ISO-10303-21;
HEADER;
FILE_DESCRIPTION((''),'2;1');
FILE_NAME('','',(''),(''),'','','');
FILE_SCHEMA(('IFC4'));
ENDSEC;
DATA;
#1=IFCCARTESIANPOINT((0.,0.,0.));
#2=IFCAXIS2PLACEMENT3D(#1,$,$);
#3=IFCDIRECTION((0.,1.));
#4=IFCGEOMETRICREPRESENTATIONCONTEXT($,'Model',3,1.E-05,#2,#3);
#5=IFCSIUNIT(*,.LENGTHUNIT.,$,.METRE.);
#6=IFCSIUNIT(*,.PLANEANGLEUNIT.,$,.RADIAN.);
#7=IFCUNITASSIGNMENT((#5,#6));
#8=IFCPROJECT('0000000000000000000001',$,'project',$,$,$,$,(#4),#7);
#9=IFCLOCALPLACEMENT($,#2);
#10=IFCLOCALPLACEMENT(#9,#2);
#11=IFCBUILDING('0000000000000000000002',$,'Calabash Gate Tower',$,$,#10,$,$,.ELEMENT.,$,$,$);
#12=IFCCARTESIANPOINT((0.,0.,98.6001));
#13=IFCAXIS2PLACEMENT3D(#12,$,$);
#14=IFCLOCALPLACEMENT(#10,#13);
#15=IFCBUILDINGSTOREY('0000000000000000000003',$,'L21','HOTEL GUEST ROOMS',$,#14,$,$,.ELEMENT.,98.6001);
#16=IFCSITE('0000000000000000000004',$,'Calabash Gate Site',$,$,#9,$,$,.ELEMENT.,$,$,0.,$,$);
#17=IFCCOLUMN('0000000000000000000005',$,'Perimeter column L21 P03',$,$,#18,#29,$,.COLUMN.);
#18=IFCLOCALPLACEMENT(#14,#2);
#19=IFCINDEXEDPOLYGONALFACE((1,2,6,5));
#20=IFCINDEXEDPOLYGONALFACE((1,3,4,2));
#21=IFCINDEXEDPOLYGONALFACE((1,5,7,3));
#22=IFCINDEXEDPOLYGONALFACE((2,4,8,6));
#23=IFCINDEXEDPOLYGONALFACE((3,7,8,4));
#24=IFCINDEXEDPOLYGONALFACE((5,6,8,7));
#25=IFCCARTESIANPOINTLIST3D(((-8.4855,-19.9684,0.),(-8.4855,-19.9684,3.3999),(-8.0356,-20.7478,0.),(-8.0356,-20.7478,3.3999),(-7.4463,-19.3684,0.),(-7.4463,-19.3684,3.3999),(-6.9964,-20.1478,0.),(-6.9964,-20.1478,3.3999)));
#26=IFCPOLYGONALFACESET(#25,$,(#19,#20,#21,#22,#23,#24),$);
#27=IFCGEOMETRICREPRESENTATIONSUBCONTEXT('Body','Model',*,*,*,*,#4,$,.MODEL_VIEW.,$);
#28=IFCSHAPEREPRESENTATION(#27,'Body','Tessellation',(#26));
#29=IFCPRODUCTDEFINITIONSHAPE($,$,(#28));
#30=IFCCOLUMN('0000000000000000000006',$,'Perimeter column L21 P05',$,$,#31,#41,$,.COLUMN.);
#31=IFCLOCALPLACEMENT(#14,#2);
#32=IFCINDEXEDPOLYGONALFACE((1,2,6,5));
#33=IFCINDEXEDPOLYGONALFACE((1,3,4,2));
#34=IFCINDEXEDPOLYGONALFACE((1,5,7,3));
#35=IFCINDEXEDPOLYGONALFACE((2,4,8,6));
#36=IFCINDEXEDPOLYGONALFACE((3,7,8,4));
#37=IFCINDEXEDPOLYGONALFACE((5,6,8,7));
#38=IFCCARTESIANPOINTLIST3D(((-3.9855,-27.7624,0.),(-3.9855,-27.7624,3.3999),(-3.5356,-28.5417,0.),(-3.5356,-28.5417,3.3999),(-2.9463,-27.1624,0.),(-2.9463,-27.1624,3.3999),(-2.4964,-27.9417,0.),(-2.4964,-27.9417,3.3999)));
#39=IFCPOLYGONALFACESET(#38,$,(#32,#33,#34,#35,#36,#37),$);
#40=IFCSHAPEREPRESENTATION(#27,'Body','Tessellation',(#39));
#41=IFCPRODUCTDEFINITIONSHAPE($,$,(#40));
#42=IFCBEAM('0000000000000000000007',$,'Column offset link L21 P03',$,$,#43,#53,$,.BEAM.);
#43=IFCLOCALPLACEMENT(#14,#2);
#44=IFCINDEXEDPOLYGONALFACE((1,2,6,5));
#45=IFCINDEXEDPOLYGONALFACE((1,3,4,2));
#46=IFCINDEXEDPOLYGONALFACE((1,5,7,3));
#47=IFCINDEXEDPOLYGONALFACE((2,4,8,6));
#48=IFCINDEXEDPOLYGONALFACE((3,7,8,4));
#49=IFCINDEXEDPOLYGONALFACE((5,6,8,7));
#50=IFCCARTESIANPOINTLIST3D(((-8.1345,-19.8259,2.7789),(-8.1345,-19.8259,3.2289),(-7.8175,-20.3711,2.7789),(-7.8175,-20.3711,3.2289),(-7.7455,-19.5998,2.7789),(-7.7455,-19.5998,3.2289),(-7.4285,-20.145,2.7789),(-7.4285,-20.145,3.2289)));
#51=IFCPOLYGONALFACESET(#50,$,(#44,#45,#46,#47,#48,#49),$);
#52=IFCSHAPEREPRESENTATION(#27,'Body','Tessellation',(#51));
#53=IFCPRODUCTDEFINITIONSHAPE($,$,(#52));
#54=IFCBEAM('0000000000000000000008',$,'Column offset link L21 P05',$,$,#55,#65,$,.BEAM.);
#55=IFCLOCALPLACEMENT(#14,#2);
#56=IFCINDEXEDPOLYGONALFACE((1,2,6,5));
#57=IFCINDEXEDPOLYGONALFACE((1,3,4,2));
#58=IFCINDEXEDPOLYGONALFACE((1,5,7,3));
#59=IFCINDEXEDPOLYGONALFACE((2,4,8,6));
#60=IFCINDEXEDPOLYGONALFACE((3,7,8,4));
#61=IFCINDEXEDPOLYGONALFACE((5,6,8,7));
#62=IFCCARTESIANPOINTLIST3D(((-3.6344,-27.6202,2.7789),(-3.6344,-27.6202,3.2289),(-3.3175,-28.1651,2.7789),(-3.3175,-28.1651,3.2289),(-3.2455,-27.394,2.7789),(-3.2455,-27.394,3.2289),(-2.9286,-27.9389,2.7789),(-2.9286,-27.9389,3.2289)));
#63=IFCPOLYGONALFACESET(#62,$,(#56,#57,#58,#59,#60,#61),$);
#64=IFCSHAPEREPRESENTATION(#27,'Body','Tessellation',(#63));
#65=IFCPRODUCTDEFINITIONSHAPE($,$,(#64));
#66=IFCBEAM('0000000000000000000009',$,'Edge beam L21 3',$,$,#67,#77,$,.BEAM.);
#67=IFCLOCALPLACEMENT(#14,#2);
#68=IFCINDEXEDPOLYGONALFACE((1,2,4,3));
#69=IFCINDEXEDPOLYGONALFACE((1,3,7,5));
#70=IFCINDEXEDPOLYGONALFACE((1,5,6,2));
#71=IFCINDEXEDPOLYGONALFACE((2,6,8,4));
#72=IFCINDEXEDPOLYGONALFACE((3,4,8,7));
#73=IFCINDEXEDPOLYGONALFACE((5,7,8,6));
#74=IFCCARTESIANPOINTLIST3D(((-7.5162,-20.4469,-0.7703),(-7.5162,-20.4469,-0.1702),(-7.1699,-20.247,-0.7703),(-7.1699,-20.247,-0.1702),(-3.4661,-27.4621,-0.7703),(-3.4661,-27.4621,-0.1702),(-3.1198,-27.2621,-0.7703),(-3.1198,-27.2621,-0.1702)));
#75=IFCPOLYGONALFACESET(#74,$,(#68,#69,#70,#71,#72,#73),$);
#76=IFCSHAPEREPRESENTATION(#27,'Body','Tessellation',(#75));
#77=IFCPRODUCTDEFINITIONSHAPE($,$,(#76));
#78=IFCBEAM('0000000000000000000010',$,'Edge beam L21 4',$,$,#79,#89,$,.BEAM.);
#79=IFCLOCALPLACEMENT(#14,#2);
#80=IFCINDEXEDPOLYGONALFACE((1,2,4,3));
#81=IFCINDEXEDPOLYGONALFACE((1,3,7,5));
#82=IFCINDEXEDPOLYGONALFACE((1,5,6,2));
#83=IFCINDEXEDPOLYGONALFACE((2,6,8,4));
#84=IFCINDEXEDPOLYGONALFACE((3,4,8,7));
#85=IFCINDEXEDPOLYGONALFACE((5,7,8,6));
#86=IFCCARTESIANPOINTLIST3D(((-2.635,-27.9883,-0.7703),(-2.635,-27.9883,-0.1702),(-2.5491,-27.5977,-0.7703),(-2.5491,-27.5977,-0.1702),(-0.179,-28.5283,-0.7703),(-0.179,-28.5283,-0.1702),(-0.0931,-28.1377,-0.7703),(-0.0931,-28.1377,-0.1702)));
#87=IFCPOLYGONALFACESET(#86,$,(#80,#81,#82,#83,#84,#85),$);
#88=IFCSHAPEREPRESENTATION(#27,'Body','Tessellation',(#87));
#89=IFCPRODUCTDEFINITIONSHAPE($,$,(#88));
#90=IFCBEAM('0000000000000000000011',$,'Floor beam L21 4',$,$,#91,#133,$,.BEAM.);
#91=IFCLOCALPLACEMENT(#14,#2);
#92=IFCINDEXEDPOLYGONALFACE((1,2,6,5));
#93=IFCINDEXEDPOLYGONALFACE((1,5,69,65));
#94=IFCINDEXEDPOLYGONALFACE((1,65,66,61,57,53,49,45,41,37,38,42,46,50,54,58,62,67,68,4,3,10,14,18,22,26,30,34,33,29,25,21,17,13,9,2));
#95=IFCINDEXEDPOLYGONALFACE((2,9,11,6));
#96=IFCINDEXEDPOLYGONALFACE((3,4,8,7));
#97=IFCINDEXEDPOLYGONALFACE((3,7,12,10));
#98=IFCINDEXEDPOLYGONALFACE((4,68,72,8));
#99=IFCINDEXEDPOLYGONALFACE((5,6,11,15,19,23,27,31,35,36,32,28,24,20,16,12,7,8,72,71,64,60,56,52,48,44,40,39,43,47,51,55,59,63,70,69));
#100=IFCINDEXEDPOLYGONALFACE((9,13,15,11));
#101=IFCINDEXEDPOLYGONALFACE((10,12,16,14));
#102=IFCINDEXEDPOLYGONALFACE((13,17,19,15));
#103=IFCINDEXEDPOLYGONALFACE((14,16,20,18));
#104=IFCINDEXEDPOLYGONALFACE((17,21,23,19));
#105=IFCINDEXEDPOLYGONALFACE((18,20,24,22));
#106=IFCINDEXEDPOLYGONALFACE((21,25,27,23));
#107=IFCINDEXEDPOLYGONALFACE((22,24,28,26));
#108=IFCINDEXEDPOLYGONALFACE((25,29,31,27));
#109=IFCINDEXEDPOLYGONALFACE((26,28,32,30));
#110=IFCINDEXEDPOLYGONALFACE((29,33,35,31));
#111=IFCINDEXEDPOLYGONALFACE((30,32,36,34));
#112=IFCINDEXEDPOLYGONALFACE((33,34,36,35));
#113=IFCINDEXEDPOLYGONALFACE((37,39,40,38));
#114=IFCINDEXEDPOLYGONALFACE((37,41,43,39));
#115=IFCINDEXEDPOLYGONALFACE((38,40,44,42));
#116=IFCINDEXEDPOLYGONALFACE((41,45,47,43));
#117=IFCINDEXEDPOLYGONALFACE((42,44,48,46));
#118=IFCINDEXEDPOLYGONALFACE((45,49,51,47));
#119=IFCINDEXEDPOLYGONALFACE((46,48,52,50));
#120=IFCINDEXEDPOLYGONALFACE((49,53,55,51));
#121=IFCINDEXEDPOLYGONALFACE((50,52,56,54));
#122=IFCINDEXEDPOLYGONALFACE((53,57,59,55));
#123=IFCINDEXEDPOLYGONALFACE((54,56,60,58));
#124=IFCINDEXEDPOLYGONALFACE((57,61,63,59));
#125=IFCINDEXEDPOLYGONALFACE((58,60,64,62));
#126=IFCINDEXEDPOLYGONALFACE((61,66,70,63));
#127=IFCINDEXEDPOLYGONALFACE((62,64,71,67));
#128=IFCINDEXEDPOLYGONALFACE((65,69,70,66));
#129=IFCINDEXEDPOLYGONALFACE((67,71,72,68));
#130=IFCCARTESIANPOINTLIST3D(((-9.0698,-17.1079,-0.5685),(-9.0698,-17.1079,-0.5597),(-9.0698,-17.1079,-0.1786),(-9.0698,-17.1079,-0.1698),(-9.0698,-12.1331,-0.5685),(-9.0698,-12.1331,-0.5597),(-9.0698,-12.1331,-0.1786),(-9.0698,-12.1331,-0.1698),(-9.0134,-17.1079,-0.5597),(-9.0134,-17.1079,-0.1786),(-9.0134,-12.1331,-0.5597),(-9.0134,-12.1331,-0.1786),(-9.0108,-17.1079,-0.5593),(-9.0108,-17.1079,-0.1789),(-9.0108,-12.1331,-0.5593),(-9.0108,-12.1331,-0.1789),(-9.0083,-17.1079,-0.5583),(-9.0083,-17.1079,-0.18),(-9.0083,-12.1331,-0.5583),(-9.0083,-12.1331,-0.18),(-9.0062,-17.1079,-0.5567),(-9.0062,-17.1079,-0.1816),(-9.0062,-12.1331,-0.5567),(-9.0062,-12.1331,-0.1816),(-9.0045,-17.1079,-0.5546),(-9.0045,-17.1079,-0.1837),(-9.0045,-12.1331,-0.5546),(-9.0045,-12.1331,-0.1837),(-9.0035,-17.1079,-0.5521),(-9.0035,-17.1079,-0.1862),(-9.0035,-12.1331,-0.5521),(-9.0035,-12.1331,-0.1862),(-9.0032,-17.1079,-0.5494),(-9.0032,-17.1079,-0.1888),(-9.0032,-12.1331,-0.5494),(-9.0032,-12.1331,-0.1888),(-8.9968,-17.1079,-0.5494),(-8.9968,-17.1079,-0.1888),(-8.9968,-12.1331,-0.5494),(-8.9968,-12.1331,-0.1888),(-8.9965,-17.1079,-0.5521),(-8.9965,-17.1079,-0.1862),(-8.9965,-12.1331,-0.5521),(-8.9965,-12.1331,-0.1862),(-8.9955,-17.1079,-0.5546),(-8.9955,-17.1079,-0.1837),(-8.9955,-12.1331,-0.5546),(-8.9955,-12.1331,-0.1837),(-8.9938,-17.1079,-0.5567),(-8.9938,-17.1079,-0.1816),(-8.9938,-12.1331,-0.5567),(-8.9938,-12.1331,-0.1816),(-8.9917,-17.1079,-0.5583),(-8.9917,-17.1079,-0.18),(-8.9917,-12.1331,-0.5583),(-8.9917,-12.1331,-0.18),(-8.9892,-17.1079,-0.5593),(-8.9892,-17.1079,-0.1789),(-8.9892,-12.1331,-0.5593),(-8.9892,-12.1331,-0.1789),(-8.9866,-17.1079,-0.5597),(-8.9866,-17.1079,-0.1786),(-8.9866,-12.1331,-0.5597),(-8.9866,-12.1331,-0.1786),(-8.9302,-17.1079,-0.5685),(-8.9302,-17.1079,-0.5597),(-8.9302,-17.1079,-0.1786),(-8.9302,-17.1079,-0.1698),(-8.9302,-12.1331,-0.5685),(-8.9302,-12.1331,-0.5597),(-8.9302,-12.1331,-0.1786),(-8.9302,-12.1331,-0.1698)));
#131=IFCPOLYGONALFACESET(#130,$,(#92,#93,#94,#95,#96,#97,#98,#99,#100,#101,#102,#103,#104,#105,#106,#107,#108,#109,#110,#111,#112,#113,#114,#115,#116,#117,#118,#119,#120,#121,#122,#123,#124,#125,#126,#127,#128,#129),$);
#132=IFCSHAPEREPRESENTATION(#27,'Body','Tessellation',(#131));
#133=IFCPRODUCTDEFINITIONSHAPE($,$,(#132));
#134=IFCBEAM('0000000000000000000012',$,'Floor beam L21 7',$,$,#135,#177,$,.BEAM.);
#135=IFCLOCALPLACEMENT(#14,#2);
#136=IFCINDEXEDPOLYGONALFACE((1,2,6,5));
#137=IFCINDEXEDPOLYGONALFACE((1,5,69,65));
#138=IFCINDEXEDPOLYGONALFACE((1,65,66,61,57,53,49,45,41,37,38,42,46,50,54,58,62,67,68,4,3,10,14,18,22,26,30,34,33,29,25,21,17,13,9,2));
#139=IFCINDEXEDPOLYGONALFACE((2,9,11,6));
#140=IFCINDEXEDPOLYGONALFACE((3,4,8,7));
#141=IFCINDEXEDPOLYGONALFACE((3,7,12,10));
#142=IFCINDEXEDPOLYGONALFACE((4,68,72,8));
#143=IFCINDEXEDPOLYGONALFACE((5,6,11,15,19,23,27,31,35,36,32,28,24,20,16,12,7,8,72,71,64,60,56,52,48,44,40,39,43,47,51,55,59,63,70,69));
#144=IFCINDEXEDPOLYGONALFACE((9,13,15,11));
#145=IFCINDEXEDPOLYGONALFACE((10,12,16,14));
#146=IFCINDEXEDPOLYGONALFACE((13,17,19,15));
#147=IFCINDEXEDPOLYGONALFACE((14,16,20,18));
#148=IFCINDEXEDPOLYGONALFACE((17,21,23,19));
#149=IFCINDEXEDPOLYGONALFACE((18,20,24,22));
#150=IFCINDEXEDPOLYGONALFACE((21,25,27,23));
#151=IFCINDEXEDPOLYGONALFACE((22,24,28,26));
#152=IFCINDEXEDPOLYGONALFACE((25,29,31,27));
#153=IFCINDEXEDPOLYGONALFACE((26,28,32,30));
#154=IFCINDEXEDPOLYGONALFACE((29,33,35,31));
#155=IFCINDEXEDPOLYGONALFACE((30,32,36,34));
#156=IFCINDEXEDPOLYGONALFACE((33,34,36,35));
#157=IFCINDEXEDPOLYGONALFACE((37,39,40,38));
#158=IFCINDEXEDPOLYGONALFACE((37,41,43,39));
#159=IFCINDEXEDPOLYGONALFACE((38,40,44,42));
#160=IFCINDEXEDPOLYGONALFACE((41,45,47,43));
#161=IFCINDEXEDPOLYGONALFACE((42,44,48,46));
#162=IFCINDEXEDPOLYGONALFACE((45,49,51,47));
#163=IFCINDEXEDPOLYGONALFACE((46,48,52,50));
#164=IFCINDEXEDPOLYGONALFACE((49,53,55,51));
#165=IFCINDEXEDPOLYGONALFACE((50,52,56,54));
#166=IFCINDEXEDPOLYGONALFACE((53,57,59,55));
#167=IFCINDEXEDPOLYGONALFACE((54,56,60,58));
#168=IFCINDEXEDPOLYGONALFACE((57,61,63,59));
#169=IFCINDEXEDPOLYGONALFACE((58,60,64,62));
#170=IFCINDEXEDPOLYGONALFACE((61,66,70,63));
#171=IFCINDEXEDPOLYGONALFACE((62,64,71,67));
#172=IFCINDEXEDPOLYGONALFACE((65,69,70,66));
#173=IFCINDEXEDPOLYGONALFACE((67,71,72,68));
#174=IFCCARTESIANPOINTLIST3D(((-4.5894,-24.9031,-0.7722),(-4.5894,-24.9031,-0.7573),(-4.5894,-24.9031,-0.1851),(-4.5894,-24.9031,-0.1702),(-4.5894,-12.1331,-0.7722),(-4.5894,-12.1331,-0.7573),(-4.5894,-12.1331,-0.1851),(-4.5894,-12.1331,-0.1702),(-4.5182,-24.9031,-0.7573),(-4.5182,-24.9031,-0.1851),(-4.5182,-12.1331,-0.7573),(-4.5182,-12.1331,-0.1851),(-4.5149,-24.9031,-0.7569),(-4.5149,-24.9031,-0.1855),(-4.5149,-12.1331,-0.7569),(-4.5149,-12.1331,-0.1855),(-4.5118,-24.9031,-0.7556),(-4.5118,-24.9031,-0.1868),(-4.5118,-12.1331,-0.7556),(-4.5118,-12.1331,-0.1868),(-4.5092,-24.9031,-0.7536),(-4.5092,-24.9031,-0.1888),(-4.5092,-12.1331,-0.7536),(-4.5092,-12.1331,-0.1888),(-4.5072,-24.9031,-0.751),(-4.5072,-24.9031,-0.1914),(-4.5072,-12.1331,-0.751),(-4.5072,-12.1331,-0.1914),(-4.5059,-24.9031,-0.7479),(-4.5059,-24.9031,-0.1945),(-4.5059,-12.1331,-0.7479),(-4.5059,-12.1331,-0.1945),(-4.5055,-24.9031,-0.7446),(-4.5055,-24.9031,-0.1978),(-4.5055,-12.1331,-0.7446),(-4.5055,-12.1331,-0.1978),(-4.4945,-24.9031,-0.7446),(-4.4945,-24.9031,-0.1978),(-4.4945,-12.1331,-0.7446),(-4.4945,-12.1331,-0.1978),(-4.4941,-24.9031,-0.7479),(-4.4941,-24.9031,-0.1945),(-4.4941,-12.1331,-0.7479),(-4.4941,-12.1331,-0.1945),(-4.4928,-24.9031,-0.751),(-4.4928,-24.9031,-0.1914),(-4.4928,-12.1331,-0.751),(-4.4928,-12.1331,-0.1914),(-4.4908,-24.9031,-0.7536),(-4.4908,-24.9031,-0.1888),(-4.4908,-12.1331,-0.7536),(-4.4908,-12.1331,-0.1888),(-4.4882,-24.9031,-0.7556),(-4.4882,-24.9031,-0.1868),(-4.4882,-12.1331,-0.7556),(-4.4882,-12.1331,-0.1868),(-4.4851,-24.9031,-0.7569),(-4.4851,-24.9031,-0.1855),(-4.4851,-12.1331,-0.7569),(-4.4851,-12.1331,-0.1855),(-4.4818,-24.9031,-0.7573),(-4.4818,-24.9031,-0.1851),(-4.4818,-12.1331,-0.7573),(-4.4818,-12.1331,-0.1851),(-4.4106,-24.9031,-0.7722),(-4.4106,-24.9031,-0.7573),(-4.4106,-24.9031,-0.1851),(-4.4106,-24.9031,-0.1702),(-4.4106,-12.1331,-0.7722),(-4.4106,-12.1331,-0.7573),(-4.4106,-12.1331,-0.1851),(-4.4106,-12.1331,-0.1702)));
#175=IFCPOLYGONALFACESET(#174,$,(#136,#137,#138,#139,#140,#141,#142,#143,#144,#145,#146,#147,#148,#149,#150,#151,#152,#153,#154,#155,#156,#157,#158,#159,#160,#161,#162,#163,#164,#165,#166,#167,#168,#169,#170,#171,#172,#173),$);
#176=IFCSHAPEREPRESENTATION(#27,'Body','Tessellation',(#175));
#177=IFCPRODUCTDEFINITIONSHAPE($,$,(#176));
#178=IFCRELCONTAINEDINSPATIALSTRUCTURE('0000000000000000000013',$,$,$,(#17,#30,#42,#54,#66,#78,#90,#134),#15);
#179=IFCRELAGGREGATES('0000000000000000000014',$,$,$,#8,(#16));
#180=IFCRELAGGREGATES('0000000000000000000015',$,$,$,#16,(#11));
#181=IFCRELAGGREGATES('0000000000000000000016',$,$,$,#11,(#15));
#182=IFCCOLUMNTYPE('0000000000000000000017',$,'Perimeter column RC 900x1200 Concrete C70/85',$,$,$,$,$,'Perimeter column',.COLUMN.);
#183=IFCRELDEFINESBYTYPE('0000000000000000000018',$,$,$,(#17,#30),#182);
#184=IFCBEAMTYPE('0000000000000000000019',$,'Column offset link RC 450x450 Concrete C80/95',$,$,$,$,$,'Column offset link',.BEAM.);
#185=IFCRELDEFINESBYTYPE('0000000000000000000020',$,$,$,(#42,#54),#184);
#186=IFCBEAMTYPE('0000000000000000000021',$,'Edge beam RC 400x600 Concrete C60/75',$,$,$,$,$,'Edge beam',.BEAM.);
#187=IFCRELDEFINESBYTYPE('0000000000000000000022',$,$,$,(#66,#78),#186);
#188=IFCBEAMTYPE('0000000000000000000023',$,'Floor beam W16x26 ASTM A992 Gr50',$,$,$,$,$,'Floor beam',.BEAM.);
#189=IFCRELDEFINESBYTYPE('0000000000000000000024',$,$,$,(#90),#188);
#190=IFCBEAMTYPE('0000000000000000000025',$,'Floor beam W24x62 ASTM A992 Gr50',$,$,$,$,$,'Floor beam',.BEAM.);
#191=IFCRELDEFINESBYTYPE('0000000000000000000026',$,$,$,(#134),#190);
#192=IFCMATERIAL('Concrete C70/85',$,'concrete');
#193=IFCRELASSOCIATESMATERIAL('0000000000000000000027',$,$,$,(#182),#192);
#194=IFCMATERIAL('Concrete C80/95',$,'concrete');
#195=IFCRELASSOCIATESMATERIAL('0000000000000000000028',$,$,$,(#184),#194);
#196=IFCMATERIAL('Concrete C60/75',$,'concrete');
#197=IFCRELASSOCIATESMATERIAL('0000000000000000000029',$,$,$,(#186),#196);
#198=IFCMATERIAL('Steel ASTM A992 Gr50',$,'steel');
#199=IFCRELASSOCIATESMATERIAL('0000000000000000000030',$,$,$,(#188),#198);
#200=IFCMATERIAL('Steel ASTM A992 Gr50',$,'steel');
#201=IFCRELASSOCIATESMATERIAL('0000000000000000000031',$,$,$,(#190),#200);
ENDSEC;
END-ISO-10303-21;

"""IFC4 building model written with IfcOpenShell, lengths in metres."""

from ifc_helpers import new_model, si_unit, direction, frame, origin, origin_2d, place, context, subcontext, project, spatial, rectangle, i_section, extrude, material, material_profile, profile_set, type_object, element, save


model = new_model("IFC4")

# Units and contexts
model_context = context("Model", 3, precision=1e-05, world=origin(), true_north=direction((0.0, 1.0)))
body_context = subcontext(model_context, "Body", "Model", "MODEL_VIEW")
ifc_project = project(units=[si_unit("LENGTHUNIT", "METRE"), si_unit("PLANEANGLEUNIT", "RADIAN")], contexts=[model_context])

# Site, building, storey
site_placement = place(None, origin())
site = spatial("IfcSite", under=ifc_project, at=site_placement, Name="Calabash Gate Site", CompositionType="ELEMENT", RefElevation=0.0)
building_placement = place(site_placement, origin())
building = spatial("IfcBuilding", under=site, at=building_placement, Name="Calabash Gate Tower", CompositionType="ELEMENT")
storey_placement = place(building_placement, frame((0.0, 0.0, 98.6001)))
storey = spatial("IfcBuildingStorey", under=building, at=storey_placement, Name="L21", Description="HOTEL GUEST ROOMS", CompositionType="ELEMENT", Elevation=98.6001)

# Columns
ifc_material_1 = material(Name="Concrete C70/85", Category="concrete")
ifc_material_profile_1 = material_profile(ifc_material_1, rectangle(XDim=0.8999, YDim=1.2, at=origin_2d()))
ifc_profile_set_1 = profile_set([ifc_material_profile_1], Name="Concrete C70/85")
column_type = type_object("IfcColumnType", Name="Perimeter column RC 900x1200 Concrete C70/85", ElementType="Perimeter column", PredefinedType="COLUMN", material=ifc_profile_set_1)
for number, where, z_axis, x_axis, name in (
    (1, (-7.741, -20.0581, 0.0), (0.0, 0.0, 1.0), (0.5, -0.866025, 0.0), "Perimeter column L21 P03"),
    (2, (-3.241, -27.8521, 0.0), (0.0, 0.0, 1.0), (0.5, -0.866025, 0.0), "Perimeter column L21 P05"),
):
    element("IfcColumn", number, at=place(storey_placement, frame(where, z_axis=z_axis, x_axis=x_axis)), inside=storey, type_object=column_type, Name=name, PredefinedType="COLUMN", context=body_context, shape_type="SweptSolid", body=[
        extrude(rectangle(XDim=0.8999, YDim=1.2, at=origin_2d()), origin(), (0.0, 0.0, 1.0), 3.3999),
    ])

# Beams
ifc_material_2 = material(Name="Concrete C80/95", Category="concrete")
ifc_material_profile_2 = material_profile(ifc_material_2, rectangle(XDim=0.45, YDim=0.45, at=origin_2d()))
ifc_profile_set_2 = profile_set([ifc_material_profile_2], Name="Concrete C80/95")
beam_type_1 = type_object("IfcBeamType", Name="Column offset link RC 450x450 Concrete C80/95", ElementType="Column offset link", PredefinedType="BEAM", material=ifc_profile_set_2)
beam_1_placement = place(storey_placement, frame((-7.623, -20.2581, 3.0039), z_axis=(-0.502546, 0.86455, 0.0), x_axis=(-0.86455, -0.502546, 0.0)))
element("IfcBeam", 3, at=beam_1_placement, inside=storey, type_object=beam_type_1, Name="Column offset link L21 P03", PredefinedType="BEAM", context=body_context, shape_type="SweptSolid", body=[
    extrude(rectangle(XDim=0.45, YDim=0.45, at=origin_2d()), origin(), (0.0, 0.0, 1.0), 0.6306),
])
beam_2_placement = place(storey_placement, frame((-3.123, -28.052, 3.0039), z_axis=(-0.502715, 0.864452, 0.0), x_axis=(-0.864452, -0.502715, 0.0)))
element("IfcBeam", 4, at=beam_2_placement, inside=storey, type_object=beam_type_1, Name="Column offset link L21 P05", PredefinedType="BEAM", context=body_context, shape_type="SweptSolid", body=[
    extrude(rectangle(XDim=0.45, YDim=0.45, at=origin_2d()), origin(), (0.0, 0.0, 1.0), 0.6304),
])
ifc_material_3 = material(Name="Concrete C60/75", Category="concrete")
ifc_material_profile_3 = material_profile(ifc_material_3, rectangle(XDim=0.3999, YDim=0.6001, at=origin_2d()))
ifc_profile_set_3 = profile_set([ifc_material_profile_3], Name="Concrete C60/75")
beam_type_2 = type_object("IfcBeamType", Name="Edge beam RC 400x600 Concrete C60/75", ElementType="Edge beam", PredefinedType="BEAM", material=ifc_profile_set_3)
beam_3_placement = place(storey_placement, frame((-7.343, -20.3469, -0.4702), z_axis=(0.499987, -0.866033, 0.0), x_axis=(0.866033, 0.499987, 0.0)))
element("IfcBeam", 5, at=beam_3_placement, inside=storey, type_object=beam_type_2, Name="Edge beam L21 3", PredefinedType="BEAM", context=body_context, shape_type="SweptSolid", body=[
    extrude(rectangle(XDim=0.3999, YDim=0.6001, at=origin_2d()), origin(), (0.0, 0.0, 1.0), 8.1003),
])
beam_4_placement = place(storey_placement, frame((-2.592, -27.793, -0.4702), z_axis=(0.976669, -0.214751, 0.0), x_axis=(0.214751, 0.976669, 0.0)))
element("IfcBeam", 6, at=beam_4_placement, inside=storey, type_object=beam_type_2, Name="Edge beam L21 4", PredefinedType="BEAM", context=body_context, shape_type="SweptSolid", body=[
    extrude(rectangle(XDim=0.3999, YDim=0.6001, at=origin_2d()), origin(), (0.0, 0.0, 1.0), 2.5146),
])
ifc_material_4 = material(Name="Steel ASTM A992 Gr50", Category="steel")
ifc_material_profile_4 = material_profile(ifc_material_4, i_section(OverallWidth=0.1396, OverallDepth=0.3987, WebThickness=0.0063, FlangeThickness=0.0088, FilletRadius=0.0103, at=origin_2d()))
ifc_profile_set_4 = profile_set([ifc_material_profile_4], Name="Steel ASTM A992 Gr50")
beam_type_3 = type_object("IfcBeamType", Name="Floor beam W16x26 ASTM A992 Gr50", ElementType="Floor beam", PredefinedType="BEAM", material=ifc_profile_set_4)
beam_5_placement = place(storey_placement, frame((-9.0, -17.1079, -0.3691), z_axis=(0.0, 1.0, 0.0), x_axis=(-1.0, 0.0, 0.0)))
element("IfcBeam", 7, at=beam_5_placement, inside=storey, type_object=beam_type_3, Name="Floor beam L21 4", PredefinedType="BEAM", context=body_context, shape_type="SweptSolid", body=[
    extrude(i_section(OverallWidth=0.1396, OverallDepth=0.3987, WebThickness=0.0063, FlangeThickness=0.0088, FilletRadius=0.0103, at=origin_2d()), origin(), (0.0, 0.0, 1.0), 4.9749),
])
ifc_material_5 = material(Name="Steel ASTM A992 Gr50", Category="steel")
ifc_material_profile_5 = material_profile(ifc_material_5, i_section(OverallWidth=0.1787, OverallDepth=0.6021, WebThickness=0.011, FlangeThickness=0.0149, FilletRadius=0.0127, at=origin_2d()))
ifc_profile_set_5 = profile_set([ifc_material_profile_5], Name="Steel ASTM A992 Gr50")
beam_type_4 = type_object("IfcBeamType", Name="Floor beam W24x62 ASTM A992 Gr50", ElementType="Floor beam", PredefinedType="BEAM", material=ifc_profile_set_5)
beam_6_placement = place(storey_placement, frame((-4.5, -24.9031, -0.4712), z_axis=(0.0, 1.0, 0.0), x_axis=(-1.0, 0.0, 0.0)))
element("IfcBeam", 8, at=beam_6_placement, inside=storey, type_object=beam_type_4, Name="Floor beam L21 7", PredefinedType="BEAM", context=body_context, shape_type="SweptSolid", body=[
    extrude(i_section(OverallWidth=0.1787, OverallDepth=0.6021, WebThickness=0.011, FlangeThickness=0.0149, FilletRadius=0.0127, at=origin_2d()), origin(), (0.0, 0.0, 1.0), 12.77),
])

save(model, "model.ifc")
